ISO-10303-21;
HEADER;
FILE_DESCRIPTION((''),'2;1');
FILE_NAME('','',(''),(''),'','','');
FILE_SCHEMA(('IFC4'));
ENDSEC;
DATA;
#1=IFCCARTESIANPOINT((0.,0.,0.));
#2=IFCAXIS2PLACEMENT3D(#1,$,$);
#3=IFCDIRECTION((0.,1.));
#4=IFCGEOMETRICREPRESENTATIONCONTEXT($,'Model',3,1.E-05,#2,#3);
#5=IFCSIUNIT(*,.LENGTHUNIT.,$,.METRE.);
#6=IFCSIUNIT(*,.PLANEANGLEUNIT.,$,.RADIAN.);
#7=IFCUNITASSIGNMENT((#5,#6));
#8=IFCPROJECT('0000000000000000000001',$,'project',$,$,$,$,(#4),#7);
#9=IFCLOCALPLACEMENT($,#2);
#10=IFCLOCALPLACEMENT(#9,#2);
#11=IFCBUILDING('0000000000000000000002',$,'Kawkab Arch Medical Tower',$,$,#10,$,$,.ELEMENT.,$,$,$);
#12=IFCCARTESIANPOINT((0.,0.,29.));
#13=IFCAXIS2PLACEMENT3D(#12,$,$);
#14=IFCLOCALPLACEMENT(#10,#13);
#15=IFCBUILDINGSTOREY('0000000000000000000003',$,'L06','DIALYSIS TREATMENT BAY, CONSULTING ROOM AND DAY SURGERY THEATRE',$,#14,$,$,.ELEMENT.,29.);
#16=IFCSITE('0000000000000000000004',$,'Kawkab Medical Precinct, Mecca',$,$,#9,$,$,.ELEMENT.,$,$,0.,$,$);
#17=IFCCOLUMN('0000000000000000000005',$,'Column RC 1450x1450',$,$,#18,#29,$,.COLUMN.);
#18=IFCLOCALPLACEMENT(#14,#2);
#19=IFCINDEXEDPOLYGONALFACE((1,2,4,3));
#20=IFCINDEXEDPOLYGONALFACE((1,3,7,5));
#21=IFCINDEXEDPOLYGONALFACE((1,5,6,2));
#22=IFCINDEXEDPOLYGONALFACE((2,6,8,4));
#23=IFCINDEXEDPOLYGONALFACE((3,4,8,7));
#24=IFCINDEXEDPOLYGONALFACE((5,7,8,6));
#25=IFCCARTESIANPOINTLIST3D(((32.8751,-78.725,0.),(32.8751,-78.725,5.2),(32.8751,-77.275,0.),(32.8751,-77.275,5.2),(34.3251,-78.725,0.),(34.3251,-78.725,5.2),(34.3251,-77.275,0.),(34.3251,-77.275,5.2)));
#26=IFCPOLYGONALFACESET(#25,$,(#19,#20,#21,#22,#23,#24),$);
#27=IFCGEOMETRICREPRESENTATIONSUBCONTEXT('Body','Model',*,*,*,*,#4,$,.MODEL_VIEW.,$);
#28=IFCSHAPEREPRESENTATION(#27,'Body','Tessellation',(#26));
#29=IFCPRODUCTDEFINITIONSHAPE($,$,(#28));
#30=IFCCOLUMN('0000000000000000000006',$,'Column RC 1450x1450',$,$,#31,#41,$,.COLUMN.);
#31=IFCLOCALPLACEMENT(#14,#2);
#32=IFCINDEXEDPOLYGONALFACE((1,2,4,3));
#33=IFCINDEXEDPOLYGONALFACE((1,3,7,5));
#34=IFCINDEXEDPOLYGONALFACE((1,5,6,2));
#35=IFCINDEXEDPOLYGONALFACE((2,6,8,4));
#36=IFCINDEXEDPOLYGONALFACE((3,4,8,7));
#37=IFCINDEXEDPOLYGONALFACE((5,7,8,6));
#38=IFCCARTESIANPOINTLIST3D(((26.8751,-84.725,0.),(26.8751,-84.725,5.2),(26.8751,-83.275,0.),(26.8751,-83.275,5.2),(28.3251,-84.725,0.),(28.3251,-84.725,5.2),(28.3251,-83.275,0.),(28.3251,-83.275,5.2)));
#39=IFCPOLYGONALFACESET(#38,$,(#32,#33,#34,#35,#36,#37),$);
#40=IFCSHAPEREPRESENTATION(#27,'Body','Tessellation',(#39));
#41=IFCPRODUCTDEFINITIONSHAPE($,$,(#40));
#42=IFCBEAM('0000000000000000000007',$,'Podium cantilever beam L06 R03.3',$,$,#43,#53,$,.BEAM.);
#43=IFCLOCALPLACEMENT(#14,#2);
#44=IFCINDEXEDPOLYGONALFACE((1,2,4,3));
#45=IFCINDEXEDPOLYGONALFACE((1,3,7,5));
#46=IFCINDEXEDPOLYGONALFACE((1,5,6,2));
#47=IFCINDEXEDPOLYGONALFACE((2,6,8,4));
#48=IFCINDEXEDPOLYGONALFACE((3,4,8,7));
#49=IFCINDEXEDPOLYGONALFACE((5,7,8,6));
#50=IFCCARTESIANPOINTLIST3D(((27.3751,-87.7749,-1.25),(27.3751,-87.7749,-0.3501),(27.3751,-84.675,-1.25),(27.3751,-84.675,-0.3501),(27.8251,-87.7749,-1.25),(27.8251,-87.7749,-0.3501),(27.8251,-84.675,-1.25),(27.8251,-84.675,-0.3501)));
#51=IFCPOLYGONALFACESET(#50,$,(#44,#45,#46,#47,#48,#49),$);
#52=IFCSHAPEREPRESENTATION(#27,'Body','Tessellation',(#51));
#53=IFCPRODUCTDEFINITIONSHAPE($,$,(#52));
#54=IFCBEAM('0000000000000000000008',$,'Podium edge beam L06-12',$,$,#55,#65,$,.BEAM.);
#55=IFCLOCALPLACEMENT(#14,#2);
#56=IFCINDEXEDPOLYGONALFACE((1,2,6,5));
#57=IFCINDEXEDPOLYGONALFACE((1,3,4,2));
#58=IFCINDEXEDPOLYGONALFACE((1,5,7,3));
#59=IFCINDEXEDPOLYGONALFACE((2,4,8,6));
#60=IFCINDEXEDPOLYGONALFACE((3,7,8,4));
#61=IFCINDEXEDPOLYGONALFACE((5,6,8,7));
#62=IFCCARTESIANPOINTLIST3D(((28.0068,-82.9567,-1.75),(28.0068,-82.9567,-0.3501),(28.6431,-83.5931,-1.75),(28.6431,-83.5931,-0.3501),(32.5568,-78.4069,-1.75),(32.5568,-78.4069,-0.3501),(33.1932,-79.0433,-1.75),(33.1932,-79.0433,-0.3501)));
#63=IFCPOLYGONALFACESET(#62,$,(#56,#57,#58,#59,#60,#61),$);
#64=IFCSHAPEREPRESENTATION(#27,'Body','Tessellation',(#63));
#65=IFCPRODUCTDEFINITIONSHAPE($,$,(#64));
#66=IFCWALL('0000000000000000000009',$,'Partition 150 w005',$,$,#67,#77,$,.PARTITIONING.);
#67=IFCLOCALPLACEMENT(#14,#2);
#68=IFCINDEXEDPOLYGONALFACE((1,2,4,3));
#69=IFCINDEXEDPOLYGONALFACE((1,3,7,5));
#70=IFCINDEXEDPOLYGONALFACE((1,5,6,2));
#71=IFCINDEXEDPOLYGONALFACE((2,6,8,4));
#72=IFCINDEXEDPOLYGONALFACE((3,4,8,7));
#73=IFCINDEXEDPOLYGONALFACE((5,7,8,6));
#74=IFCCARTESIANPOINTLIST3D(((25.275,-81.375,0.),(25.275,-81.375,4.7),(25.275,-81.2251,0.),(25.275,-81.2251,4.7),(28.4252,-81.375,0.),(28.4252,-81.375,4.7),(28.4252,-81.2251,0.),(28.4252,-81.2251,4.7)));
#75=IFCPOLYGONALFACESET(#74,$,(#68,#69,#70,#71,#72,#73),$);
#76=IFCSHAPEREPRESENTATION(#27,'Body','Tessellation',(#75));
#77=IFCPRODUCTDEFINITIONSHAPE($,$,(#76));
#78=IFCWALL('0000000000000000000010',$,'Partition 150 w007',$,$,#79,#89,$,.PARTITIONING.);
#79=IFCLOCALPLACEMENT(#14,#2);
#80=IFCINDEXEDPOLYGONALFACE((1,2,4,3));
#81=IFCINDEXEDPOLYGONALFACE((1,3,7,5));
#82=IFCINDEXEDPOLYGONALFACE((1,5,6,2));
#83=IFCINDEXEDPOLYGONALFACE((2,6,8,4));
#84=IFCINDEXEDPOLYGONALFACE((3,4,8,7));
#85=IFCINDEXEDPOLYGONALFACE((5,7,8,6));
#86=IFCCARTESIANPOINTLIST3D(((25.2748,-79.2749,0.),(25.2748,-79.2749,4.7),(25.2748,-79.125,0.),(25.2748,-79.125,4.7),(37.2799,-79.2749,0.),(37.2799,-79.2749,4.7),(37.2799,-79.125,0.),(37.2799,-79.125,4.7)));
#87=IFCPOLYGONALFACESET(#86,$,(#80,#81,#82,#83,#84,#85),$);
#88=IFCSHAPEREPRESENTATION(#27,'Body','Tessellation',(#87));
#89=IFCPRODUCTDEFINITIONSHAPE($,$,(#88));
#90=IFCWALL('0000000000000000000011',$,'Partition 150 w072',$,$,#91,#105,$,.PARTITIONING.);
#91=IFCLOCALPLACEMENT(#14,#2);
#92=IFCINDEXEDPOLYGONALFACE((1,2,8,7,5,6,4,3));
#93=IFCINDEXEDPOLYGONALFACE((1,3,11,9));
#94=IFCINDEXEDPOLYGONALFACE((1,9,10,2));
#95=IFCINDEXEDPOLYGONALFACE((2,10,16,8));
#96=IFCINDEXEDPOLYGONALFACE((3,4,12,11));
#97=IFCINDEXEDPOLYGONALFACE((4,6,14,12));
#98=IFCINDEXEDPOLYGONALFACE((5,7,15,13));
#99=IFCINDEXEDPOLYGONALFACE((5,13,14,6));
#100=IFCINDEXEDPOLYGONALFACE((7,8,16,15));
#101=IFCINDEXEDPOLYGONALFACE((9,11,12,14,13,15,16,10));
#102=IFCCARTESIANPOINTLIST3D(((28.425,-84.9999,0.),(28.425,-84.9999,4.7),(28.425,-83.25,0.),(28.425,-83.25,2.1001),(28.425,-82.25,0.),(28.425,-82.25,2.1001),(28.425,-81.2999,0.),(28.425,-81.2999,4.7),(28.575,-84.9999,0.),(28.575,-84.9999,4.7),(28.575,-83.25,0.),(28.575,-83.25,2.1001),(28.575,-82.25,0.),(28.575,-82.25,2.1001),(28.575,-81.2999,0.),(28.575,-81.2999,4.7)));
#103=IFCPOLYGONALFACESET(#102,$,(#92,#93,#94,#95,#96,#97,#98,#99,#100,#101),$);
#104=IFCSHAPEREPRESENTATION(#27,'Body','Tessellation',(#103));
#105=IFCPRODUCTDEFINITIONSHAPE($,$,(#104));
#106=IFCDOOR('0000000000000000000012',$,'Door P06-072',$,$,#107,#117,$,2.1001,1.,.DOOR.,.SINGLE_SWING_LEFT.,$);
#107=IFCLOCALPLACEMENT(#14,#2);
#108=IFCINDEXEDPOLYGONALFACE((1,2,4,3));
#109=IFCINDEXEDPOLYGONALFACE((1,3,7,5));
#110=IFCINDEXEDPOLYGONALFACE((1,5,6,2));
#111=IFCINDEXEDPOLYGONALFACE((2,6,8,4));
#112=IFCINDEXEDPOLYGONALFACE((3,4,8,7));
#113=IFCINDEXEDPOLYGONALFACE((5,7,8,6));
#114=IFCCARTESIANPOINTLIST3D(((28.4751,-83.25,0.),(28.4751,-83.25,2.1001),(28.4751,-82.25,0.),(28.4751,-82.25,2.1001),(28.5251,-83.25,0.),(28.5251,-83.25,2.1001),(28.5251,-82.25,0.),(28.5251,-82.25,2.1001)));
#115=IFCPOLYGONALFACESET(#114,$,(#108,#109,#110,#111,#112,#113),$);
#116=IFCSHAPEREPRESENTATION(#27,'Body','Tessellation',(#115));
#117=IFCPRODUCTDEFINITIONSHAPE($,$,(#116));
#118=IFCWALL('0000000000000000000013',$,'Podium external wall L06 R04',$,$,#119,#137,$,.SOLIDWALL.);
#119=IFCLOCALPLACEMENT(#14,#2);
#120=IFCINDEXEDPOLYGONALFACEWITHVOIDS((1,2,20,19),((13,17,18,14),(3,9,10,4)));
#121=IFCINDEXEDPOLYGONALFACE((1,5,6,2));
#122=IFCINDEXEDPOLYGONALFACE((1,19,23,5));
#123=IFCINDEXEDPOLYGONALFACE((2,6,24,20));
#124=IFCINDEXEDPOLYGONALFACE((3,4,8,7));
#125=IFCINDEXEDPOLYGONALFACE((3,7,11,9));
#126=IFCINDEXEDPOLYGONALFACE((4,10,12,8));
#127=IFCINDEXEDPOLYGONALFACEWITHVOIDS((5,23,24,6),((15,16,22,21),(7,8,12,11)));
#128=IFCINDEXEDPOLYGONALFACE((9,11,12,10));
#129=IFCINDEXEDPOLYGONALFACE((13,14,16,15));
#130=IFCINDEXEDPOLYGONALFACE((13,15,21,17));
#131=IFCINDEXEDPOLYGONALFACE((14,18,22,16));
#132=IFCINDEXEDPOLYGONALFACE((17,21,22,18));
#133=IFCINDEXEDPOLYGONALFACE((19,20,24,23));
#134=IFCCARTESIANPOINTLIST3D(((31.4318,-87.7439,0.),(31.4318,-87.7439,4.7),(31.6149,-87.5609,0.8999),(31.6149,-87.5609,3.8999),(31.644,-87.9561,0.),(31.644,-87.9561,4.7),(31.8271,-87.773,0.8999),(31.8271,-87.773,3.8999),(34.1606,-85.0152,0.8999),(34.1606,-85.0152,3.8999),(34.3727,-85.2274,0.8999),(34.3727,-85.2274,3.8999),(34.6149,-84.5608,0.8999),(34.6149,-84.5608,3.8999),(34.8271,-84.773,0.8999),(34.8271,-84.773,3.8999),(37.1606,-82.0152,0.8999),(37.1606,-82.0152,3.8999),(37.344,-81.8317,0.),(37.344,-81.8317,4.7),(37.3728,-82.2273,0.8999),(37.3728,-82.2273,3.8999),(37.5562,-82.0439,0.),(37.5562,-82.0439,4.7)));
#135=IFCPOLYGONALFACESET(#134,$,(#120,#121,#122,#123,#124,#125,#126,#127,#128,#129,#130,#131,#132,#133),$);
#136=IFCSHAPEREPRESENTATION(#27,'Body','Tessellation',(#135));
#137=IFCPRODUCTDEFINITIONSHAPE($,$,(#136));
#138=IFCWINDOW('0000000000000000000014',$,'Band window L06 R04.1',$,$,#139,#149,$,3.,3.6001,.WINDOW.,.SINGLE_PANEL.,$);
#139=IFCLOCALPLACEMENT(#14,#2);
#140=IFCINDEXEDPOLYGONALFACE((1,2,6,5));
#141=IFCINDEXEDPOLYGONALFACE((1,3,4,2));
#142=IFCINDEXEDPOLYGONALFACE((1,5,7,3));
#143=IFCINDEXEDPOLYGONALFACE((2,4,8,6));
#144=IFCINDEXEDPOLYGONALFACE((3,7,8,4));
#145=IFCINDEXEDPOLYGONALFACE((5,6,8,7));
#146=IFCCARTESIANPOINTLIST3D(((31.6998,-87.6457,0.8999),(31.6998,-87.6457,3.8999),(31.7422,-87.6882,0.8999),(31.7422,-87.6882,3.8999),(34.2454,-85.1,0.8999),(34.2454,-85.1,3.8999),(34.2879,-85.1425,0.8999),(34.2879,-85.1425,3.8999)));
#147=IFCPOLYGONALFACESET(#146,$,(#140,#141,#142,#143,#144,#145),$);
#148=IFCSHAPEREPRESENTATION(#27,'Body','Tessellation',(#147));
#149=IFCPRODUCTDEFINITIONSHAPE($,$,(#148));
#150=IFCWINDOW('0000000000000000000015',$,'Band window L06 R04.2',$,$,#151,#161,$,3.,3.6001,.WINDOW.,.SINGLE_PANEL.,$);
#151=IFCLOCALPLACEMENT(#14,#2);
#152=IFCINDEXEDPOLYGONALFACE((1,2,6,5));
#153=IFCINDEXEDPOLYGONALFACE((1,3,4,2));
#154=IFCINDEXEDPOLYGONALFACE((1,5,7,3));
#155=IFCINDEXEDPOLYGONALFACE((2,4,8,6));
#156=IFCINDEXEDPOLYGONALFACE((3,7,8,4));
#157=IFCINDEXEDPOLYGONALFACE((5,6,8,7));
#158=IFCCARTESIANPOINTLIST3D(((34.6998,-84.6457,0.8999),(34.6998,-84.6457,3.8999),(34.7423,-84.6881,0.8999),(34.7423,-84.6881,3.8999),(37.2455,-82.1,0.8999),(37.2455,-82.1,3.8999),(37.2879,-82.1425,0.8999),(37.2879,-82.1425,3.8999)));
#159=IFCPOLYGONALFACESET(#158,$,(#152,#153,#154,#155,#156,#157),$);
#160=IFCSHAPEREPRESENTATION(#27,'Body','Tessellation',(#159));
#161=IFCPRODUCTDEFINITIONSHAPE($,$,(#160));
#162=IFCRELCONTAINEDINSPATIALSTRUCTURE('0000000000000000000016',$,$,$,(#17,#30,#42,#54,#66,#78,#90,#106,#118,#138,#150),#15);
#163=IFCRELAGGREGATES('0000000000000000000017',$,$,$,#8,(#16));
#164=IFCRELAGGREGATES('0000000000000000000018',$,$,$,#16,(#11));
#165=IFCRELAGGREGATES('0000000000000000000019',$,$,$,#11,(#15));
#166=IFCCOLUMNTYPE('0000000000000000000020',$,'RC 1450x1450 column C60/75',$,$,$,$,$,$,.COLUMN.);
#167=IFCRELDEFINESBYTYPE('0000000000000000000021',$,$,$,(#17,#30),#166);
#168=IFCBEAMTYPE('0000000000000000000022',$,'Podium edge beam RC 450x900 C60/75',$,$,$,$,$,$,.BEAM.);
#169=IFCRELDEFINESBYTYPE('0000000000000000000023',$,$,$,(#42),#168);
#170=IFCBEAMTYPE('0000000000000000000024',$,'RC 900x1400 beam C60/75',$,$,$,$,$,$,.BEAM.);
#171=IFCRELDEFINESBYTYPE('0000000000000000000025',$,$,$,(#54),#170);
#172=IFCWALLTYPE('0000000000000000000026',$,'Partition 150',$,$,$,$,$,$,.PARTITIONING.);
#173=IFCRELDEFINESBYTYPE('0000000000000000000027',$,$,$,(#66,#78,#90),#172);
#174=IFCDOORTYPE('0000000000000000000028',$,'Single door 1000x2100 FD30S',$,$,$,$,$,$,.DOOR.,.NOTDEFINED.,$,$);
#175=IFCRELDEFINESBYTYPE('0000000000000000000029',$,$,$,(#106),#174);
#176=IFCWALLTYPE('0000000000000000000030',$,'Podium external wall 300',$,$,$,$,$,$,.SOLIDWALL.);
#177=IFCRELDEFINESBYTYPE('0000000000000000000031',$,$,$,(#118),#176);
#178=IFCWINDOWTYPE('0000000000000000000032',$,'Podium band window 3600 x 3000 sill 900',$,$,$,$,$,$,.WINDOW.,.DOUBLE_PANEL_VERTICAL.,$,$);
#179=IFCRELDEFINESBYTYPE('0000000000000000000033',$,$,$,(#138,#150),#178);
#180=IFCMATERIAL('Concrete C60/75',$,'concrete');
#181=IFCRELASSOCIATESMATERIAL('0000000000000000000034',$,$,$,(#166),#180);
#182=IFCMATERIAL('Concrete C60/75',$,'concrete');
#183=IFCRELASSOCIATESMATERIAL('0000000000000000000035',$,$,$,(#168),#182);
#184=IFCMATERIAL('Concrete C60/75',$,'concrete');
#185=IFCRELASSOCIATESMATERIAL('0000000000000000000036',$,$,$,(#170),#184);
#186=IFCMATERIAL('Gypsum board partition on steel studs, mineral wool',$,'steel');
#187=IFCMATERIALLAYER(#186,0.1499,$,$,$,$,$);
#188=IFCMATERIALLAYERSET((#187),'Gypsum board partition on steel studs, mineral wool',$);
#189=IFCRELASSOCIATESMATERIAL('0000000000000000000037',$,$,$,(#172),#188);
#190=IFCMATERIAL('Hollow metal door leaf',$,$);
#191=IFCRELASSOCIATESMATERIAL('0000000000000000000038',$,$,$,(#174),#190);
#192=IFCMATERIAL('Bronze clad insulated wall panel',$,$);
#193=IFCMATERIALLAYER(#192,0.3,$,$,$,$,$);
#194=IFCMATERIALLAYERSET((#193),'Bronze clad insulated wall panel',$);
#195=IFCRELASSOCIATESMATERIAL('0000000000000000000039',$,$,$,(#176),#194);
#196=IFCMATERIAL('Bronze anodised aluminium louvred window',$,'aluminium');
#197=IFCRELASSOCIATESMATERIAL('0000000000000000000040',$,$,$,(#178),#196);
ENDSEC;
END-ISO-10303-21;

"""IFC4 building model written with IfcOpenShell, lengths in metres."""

from ifc_helpers import new_model, si_unit, direction, frame, frame_2d, origin, origin_2d, place, context, subcontext, project, spatial, rectangle, extrude, material, layer, layer_set, material_profile, profile_set, type_object, element, fill, save


model = new_model("IFC4")

# Units and contexts
model_context = context("Model", 3, precision=1e-05, world=origin(), true_north=direction((0.0, 1.0)))
body_context = subcontext(model_context, "Body", "Model", "MODEL_VIEW")
ifc_project = project(units=[si_unit("LENGTHUNIT", "METRE"), si_unit("PLANEANGLEUNIT", "RADIAN")], contexts=[model_context])

# Site, building, storey
site_placement = place(None, origin())
site = spatial("IfcSite", under=ifc_project, at=site_placement, Name="Kawkab Medical Precinct, Mecca", CompositionType="ELEMENT", RefElevation=0.0)
building_placement = place(site_placement, origin())
building = spatial("IfcBuilding", under=site, at=building_placement, Name="Kawkab Arch Medical Tower", CompositionType="ELEMENT")
storey_placement = place(building_placement, frame((0.0, 0.0, 29.0)))
storey = spatial("IfcBuildingStorey", under=building, at=storey_placement, Name="L06", Description="DIALYSIS TREATMENT BAY, CONSULTING ROOM AND DAY SURGERY THEATRE", CompositionType="ELEMENT", Elevation=29.0)

# Columns
ifc_material_1 = material(Name="Concrete C60/75", Category="concrete")
ifc_material_profile_1 = material_profile(ifc_material_1, rectangle(XDim=1.45, YDim=1.45, at=origin_2d()), Name="RC 1450x1450")
ifc_profile_set_1 = profile_set([ifc_material_profile_1], Name="Concrete C60/75")
column_type = type_object("IfcColumnType", Name="RC 1450x1450 column C60/75", PredefinedType="COLUMN", material=ifc_profile_set_1)
for number, where, z_axis, x_axis, name in (
    (1, (33.6001, -78.0, 0.0), (0.0, 0.0, 1.0), (1.0, 0.0, 0.0), "Column RC 1450x1450"),
    (2, (27.6001, -84.0, 0.0), (0.0, 0.0, 1.0), (1.0, 0.0, 0.0), "Column RC 1450x1450"),
):
    element("IfcColumn", number, at=place(storey_placement, frame(where, z_axis=z_axis, x_axis=x_axis)), inside=storey, type_object=column_type, Name=name, PredefinedType="COLUMN", context=body_context, shape_type="SweptSolid", body=[
        extrude(rectangle(XDim=1.45, YDim=1.45, at=origin_2d()), origin(), (0.0, 0.0, 1.0), 5.2),
    ])

# Beams
ifc_material_2 = material(Name="Concrete C60/75", Category="concrete")
ifc_material_profile_2 = material_profile(ifc_material_2, rectangle(XDim=0.45, YDim=0.8999, at=origin_2d()), Name="RC 450x900")
ifc_profile_set_2 = profile_set([ifc_material_profile_2], Name="Concrete C60/75")
beam_type_1 = type_object("IfcBeamType", Name="Podium edge beam RC 450x900 C60/75", PredefinedType="BEAM", material=ifc_profile_set_2)
beam_1_placement = place(storey_placement, frame((27.6001, -84.675, -0.8), z_axis=(0.0, -1.0, 0.0), x_axis=(1.0, 0.0, 0.0)))
element("IfcBeam", 3, at=beam_1_placement, inside=storey, type_object=beam_type_1, Name="Podium cantilever beam L06 R03.3", PredefinedType="BEAM", context=body_context, shape_type="SweptSolid", body=[
    extrude(rectangle(XDim=0.45, YDim=0.8999, at=origin_2d()), origin(), (0.0, 0.0, 1.0), 3.0999),
])
ifc_material_3 = material(Name="Concrete C60/75", Category="concrete")
ifc_material_profile_3 = material_profile(ifc_material_3, rectangle(XDim=0.8999, YDim=1.3999, at=origin_2d()), Name="RC 900x1400")
ifc_profile_set_3 = profile_set([ifc_material_profile_3], Name="Concrete C60/75")
beam_type_2 = type_object("IfcBeamType", Name="RC 900x1400 beam C60/75", PredefinedType="BEAM", material=ifc_profile_set_3)
beam_2_placement = place(storey_placement, frame((28.325, -83.2749, -1.05), z_axis=(0.707126, 0.707088, 0.0), x_axis=(-0.707088, 0.707126, 0.0)))
element("IfcBeam", 4, at=beam_2_placement, inside=storey, type_object=beam_type_2, Name="Podium edge beam L06-12", PredefinedType="BEAM", context=body_context, shape_type="SweptSolid", body=[
    extrude(rectangle(XDim=0.8999, YDim=1.3999, at=origin_2d()), origin(), (0.0, 0.0, 1.0), 6.4346),
])

# Walls
ifc_material_4 = material(Name="Gypsum board partition on steel studs, mineral wool", Category="steel")
ifc_layer_1 = layer(ifc_material_4, 0.1499)
ifc_layer_set_1 = layer_set([ifc_layer_1], Name="Gypsum board partition on steel studs, mineral wool")
wall_type_1 = type_object("IfcWallType", Name="Partition 150", PredefinedType="PARTITIONING", material=ifc_layer_set_1)
wall_1_placement = place(storey_placement, frame((25.2749, -81.3, 0.0), z_axis=(0.0, 0.0, 1.0), x_axis=(1.0, 0.0, 0.0)))
element("IfcWall", 5, at=wall_1_placement, inside=storey, type_object=wall_type_1, Name="Partition 150 w005", PredefinedType="PARTITIONING", context=body_context, shape_type="SweptSolid", body=[
    extrude(rectangle(XDim=3.1501, YDim=0.1499, at=frame_2d((1.5752, 0.0))), origin(), (0.0, 0.0, 1.0), 4.7),
])
wall_2_placement = place(storey_placement, frame((25.2749, -79.2, 0.0), z_axis=(0.0, 0.0, 1.0), x_axis=(1.0, 0.0, 0.0)))
element("IfcWall", 6, at=wall_2_placement, inside=storey, type_object=wall_type_1, Name="Partition 150 w007", PredefinedType="PARTITIONING", context=body_context, shape_type="SweptSolid", body=[
    extrude(rectangle(XDim=12.0051, YDim=0.1499, at=frame_2d((6.0024, 0.0))), origin(), (0.0, 0.0, 1.0), 4.7),
])

# Wall, opening, door
wall_3_placement = place(storey_placement, frame((28.5, -85.0, 0.0), z_axis=(0.0, 0.0, 1.0), x_axis=(0.0, 1.0, 0.0)))
wall_3 = element("IfcWall", 7, at=wall_3_placement, inside=storey, type_object=wall_type_1, Name="Partition 150 w072", PredefinedType="PARTITIONING", context=body_context, shape_type="SweptSolid", body=[
    extrude(rectangle(XDim=3.7, YDim=0.1499, at=frame_2d((1.8501, 0.0))), origin(), (0.0, 0.0, 1.0), 4.7),
])
opening_1_placement = place(wall_3_placement, frame((1.75, 0.0, 0.0)))
opening_1 = element("IfcOpeningElement", 8, at=opening_1_placement, cuts=wall_3, PredefinedType="OPENING", context=body_context, shape_type="SweptSolid", body=[
    extrude(rectangle(XDim=1.0, YDim=2.1001, at=frame_2d((0.5, 1.05))), frame((0.0, 0.085, 0.0), z_axis=(0.0, -1.0, 0.0), x_axis=(1.0, 0.0, 0.0)), (0.0, 0.0, 1.0), 0.1699),
])
ifc_material_5 = material(Name="Hollow metal door leaf")
door_type = type_object("IfcDoorType", Name="Single door 1000x2100 FD30S", OperationType="NOTDEFINED", PredefinedType="DOOR", material=ifc_material_5)
door_placement = place(opening_1_placement, origin())
door = element("IfcDoor", 9, at=door_placement, inside=storey, type_object=door_type, Name="Door P06-072", OperationType="SINGLE_SWING_LEFT", OverallHeight=2.1001, OverallWidth=1.0, PredefinedType="DOOR", context=body_context, shape_type="SweptSolid", body=[
    extrude(rectangle(XDim=1.0, YDim=2.1001, at=frame_2d((0.5, 1.05))), frame((0.0, 0.0249, 0.0), z_axis=(0.0, -1.0, 0.0), x_axis=(1.0, 0.0, 0.0)), (0.0, 0.0, 1.0), 0.05),
])
fill(opening_1, door)

# Wall, openings, windows
ifc_material_6 = material(Name="Bronze clad insulated wall panel")
ifc_layer_2 = layer(ifc_material_6, 0.3)
ifc_layer_set_2 = layer_set([ifc_layer_2], Name="Bronze clad insulated wall panel")
wall_type_2 = type_object("IfcWallType", Name="Podium external wall 300", PredefinedType="SOLIDWALL", material=ifc_layer_set_2)
wall_4_placement = place(storey_placement, frame((31.5378, -87.8501, 0.0), z_axis=(0.0, 0.0, 1.0), x_axis=(0.707107, 0.707107, 0.0)))
wall_4 = element("IfcWall", 10, at=wall_4_placement, inside=storey, type_object=wall_type_2, Name="Podium external wall L06 R04", PredefinedType="SOLIDWALL", context=body_context, shape_type="SweptSolid", body=[
    extrude(rectangle(XDim=8.3611, YDim=0.3, at=frame_2d((4.1807, 0.0))), origin(), (0.0, 0.0, 1.0), 4.7),
])
opening_2_placement = place(wall_4_placement, frame((0.259, 0.0, 0.8999)))
opening_2 = element("IfcOpeningElement", 11, at=opening_2_placement, cuts=wall_4, PredefinedType="OPENING", context=body_context, shape_type="SweptSolid", body=[
    extrude(rectangle(XDim=3.6001, YDim=3.0, at=frame_2d((1.8, 1.5))), frame((0.0, 0.1599, 0.0), z_axis=(0.0, -1.0, 0.0), x_axis=(1.0, 0.0, 0.0)), (0.0, 0.0, 1.0), 0.3201),
])
opening_3_placement = place(wall_4_placement, frame((4.5017, 0.0, 0.8999)))
opening_3 = element("IfcOpeningElement", 12, at=opening_3_placement, cuts=wall_4, PredefinedType="OPENING", context=body_context, shape_type="SweptSolid", body=[
    extrude(rectangle(XDim=3.6001, YDim=3.0, at=frame_2d((1.8, 1.5))), frame((0.0, 0.1599, 0.0), z_axis=(0.0, -1.0, 0.0), x_axis=(1.0, 0.0, 0.0)), (0.0, 0.0, 1.0), 0.3201),
])
ifc_material_7 = material(Name="Bronze anodised aluminium louvred window", Category="aluminium")
window_type_1 = type_object("IfcWindowType", Name="Podium band window 3600 x 3000 sill 900", PartitioningType="DOUBLE_PANEL_VERTICAL", PredefinedType="WINDOW", material=ifc_material_7)
window_1_placement = place(opening_2_placement, origin())
window_1 = element("IfcWindow", 13, at=window_1_placement, inside=storey, type_object=window_type_1, Name="Band window L06 R04.1", OverallHeight=3.0, OverallWidth=3.6001, PartitioningType="SINGLE_PANEL", PredefinedType="WINDOW", context=body_context, shape_type="SweptSolid", body=[
    extrude(rectangle(XDim=3.6001, YDim=3.0, at=frame_2d((1.8, 1.5))), frame((0.0, 0.03, 0.0), z_axis=(0.0, -1.0, 0.0), x_axis=(1.0, 0.0, 0.0)), (0.0, 0.0, 1.0), 0.0601),
])
fill(opening_2, window_1)
window_2_placement = place(opening_3_placement, origin())
window_2 = element("IfcWindow", 14, at=window_2_placement, inside=storey, type_object=window_type_1, Name="Band window L06 R04.2", OverallHeight=3.0, OverallWidth=3.6001, PartitioningType="SINGLE_PANEL", PredefinedType="WINDOW", context=body_context, shape_type="SweptSolid", body=[
    extrude(rectangle(XDim=3.6001, YDim=3.0, at=frame_2d((1.8, 1.5))), frame((0.0, 0.03, 0.0), z_axis=(0.0, -1.0, 0.0), x_axis=(1.0, 0.0, 0.0)), (0.0, 0.0, 1.0), 0.0601),
])
fill(opening_3, window_2)

save(model, "model.ifc")
